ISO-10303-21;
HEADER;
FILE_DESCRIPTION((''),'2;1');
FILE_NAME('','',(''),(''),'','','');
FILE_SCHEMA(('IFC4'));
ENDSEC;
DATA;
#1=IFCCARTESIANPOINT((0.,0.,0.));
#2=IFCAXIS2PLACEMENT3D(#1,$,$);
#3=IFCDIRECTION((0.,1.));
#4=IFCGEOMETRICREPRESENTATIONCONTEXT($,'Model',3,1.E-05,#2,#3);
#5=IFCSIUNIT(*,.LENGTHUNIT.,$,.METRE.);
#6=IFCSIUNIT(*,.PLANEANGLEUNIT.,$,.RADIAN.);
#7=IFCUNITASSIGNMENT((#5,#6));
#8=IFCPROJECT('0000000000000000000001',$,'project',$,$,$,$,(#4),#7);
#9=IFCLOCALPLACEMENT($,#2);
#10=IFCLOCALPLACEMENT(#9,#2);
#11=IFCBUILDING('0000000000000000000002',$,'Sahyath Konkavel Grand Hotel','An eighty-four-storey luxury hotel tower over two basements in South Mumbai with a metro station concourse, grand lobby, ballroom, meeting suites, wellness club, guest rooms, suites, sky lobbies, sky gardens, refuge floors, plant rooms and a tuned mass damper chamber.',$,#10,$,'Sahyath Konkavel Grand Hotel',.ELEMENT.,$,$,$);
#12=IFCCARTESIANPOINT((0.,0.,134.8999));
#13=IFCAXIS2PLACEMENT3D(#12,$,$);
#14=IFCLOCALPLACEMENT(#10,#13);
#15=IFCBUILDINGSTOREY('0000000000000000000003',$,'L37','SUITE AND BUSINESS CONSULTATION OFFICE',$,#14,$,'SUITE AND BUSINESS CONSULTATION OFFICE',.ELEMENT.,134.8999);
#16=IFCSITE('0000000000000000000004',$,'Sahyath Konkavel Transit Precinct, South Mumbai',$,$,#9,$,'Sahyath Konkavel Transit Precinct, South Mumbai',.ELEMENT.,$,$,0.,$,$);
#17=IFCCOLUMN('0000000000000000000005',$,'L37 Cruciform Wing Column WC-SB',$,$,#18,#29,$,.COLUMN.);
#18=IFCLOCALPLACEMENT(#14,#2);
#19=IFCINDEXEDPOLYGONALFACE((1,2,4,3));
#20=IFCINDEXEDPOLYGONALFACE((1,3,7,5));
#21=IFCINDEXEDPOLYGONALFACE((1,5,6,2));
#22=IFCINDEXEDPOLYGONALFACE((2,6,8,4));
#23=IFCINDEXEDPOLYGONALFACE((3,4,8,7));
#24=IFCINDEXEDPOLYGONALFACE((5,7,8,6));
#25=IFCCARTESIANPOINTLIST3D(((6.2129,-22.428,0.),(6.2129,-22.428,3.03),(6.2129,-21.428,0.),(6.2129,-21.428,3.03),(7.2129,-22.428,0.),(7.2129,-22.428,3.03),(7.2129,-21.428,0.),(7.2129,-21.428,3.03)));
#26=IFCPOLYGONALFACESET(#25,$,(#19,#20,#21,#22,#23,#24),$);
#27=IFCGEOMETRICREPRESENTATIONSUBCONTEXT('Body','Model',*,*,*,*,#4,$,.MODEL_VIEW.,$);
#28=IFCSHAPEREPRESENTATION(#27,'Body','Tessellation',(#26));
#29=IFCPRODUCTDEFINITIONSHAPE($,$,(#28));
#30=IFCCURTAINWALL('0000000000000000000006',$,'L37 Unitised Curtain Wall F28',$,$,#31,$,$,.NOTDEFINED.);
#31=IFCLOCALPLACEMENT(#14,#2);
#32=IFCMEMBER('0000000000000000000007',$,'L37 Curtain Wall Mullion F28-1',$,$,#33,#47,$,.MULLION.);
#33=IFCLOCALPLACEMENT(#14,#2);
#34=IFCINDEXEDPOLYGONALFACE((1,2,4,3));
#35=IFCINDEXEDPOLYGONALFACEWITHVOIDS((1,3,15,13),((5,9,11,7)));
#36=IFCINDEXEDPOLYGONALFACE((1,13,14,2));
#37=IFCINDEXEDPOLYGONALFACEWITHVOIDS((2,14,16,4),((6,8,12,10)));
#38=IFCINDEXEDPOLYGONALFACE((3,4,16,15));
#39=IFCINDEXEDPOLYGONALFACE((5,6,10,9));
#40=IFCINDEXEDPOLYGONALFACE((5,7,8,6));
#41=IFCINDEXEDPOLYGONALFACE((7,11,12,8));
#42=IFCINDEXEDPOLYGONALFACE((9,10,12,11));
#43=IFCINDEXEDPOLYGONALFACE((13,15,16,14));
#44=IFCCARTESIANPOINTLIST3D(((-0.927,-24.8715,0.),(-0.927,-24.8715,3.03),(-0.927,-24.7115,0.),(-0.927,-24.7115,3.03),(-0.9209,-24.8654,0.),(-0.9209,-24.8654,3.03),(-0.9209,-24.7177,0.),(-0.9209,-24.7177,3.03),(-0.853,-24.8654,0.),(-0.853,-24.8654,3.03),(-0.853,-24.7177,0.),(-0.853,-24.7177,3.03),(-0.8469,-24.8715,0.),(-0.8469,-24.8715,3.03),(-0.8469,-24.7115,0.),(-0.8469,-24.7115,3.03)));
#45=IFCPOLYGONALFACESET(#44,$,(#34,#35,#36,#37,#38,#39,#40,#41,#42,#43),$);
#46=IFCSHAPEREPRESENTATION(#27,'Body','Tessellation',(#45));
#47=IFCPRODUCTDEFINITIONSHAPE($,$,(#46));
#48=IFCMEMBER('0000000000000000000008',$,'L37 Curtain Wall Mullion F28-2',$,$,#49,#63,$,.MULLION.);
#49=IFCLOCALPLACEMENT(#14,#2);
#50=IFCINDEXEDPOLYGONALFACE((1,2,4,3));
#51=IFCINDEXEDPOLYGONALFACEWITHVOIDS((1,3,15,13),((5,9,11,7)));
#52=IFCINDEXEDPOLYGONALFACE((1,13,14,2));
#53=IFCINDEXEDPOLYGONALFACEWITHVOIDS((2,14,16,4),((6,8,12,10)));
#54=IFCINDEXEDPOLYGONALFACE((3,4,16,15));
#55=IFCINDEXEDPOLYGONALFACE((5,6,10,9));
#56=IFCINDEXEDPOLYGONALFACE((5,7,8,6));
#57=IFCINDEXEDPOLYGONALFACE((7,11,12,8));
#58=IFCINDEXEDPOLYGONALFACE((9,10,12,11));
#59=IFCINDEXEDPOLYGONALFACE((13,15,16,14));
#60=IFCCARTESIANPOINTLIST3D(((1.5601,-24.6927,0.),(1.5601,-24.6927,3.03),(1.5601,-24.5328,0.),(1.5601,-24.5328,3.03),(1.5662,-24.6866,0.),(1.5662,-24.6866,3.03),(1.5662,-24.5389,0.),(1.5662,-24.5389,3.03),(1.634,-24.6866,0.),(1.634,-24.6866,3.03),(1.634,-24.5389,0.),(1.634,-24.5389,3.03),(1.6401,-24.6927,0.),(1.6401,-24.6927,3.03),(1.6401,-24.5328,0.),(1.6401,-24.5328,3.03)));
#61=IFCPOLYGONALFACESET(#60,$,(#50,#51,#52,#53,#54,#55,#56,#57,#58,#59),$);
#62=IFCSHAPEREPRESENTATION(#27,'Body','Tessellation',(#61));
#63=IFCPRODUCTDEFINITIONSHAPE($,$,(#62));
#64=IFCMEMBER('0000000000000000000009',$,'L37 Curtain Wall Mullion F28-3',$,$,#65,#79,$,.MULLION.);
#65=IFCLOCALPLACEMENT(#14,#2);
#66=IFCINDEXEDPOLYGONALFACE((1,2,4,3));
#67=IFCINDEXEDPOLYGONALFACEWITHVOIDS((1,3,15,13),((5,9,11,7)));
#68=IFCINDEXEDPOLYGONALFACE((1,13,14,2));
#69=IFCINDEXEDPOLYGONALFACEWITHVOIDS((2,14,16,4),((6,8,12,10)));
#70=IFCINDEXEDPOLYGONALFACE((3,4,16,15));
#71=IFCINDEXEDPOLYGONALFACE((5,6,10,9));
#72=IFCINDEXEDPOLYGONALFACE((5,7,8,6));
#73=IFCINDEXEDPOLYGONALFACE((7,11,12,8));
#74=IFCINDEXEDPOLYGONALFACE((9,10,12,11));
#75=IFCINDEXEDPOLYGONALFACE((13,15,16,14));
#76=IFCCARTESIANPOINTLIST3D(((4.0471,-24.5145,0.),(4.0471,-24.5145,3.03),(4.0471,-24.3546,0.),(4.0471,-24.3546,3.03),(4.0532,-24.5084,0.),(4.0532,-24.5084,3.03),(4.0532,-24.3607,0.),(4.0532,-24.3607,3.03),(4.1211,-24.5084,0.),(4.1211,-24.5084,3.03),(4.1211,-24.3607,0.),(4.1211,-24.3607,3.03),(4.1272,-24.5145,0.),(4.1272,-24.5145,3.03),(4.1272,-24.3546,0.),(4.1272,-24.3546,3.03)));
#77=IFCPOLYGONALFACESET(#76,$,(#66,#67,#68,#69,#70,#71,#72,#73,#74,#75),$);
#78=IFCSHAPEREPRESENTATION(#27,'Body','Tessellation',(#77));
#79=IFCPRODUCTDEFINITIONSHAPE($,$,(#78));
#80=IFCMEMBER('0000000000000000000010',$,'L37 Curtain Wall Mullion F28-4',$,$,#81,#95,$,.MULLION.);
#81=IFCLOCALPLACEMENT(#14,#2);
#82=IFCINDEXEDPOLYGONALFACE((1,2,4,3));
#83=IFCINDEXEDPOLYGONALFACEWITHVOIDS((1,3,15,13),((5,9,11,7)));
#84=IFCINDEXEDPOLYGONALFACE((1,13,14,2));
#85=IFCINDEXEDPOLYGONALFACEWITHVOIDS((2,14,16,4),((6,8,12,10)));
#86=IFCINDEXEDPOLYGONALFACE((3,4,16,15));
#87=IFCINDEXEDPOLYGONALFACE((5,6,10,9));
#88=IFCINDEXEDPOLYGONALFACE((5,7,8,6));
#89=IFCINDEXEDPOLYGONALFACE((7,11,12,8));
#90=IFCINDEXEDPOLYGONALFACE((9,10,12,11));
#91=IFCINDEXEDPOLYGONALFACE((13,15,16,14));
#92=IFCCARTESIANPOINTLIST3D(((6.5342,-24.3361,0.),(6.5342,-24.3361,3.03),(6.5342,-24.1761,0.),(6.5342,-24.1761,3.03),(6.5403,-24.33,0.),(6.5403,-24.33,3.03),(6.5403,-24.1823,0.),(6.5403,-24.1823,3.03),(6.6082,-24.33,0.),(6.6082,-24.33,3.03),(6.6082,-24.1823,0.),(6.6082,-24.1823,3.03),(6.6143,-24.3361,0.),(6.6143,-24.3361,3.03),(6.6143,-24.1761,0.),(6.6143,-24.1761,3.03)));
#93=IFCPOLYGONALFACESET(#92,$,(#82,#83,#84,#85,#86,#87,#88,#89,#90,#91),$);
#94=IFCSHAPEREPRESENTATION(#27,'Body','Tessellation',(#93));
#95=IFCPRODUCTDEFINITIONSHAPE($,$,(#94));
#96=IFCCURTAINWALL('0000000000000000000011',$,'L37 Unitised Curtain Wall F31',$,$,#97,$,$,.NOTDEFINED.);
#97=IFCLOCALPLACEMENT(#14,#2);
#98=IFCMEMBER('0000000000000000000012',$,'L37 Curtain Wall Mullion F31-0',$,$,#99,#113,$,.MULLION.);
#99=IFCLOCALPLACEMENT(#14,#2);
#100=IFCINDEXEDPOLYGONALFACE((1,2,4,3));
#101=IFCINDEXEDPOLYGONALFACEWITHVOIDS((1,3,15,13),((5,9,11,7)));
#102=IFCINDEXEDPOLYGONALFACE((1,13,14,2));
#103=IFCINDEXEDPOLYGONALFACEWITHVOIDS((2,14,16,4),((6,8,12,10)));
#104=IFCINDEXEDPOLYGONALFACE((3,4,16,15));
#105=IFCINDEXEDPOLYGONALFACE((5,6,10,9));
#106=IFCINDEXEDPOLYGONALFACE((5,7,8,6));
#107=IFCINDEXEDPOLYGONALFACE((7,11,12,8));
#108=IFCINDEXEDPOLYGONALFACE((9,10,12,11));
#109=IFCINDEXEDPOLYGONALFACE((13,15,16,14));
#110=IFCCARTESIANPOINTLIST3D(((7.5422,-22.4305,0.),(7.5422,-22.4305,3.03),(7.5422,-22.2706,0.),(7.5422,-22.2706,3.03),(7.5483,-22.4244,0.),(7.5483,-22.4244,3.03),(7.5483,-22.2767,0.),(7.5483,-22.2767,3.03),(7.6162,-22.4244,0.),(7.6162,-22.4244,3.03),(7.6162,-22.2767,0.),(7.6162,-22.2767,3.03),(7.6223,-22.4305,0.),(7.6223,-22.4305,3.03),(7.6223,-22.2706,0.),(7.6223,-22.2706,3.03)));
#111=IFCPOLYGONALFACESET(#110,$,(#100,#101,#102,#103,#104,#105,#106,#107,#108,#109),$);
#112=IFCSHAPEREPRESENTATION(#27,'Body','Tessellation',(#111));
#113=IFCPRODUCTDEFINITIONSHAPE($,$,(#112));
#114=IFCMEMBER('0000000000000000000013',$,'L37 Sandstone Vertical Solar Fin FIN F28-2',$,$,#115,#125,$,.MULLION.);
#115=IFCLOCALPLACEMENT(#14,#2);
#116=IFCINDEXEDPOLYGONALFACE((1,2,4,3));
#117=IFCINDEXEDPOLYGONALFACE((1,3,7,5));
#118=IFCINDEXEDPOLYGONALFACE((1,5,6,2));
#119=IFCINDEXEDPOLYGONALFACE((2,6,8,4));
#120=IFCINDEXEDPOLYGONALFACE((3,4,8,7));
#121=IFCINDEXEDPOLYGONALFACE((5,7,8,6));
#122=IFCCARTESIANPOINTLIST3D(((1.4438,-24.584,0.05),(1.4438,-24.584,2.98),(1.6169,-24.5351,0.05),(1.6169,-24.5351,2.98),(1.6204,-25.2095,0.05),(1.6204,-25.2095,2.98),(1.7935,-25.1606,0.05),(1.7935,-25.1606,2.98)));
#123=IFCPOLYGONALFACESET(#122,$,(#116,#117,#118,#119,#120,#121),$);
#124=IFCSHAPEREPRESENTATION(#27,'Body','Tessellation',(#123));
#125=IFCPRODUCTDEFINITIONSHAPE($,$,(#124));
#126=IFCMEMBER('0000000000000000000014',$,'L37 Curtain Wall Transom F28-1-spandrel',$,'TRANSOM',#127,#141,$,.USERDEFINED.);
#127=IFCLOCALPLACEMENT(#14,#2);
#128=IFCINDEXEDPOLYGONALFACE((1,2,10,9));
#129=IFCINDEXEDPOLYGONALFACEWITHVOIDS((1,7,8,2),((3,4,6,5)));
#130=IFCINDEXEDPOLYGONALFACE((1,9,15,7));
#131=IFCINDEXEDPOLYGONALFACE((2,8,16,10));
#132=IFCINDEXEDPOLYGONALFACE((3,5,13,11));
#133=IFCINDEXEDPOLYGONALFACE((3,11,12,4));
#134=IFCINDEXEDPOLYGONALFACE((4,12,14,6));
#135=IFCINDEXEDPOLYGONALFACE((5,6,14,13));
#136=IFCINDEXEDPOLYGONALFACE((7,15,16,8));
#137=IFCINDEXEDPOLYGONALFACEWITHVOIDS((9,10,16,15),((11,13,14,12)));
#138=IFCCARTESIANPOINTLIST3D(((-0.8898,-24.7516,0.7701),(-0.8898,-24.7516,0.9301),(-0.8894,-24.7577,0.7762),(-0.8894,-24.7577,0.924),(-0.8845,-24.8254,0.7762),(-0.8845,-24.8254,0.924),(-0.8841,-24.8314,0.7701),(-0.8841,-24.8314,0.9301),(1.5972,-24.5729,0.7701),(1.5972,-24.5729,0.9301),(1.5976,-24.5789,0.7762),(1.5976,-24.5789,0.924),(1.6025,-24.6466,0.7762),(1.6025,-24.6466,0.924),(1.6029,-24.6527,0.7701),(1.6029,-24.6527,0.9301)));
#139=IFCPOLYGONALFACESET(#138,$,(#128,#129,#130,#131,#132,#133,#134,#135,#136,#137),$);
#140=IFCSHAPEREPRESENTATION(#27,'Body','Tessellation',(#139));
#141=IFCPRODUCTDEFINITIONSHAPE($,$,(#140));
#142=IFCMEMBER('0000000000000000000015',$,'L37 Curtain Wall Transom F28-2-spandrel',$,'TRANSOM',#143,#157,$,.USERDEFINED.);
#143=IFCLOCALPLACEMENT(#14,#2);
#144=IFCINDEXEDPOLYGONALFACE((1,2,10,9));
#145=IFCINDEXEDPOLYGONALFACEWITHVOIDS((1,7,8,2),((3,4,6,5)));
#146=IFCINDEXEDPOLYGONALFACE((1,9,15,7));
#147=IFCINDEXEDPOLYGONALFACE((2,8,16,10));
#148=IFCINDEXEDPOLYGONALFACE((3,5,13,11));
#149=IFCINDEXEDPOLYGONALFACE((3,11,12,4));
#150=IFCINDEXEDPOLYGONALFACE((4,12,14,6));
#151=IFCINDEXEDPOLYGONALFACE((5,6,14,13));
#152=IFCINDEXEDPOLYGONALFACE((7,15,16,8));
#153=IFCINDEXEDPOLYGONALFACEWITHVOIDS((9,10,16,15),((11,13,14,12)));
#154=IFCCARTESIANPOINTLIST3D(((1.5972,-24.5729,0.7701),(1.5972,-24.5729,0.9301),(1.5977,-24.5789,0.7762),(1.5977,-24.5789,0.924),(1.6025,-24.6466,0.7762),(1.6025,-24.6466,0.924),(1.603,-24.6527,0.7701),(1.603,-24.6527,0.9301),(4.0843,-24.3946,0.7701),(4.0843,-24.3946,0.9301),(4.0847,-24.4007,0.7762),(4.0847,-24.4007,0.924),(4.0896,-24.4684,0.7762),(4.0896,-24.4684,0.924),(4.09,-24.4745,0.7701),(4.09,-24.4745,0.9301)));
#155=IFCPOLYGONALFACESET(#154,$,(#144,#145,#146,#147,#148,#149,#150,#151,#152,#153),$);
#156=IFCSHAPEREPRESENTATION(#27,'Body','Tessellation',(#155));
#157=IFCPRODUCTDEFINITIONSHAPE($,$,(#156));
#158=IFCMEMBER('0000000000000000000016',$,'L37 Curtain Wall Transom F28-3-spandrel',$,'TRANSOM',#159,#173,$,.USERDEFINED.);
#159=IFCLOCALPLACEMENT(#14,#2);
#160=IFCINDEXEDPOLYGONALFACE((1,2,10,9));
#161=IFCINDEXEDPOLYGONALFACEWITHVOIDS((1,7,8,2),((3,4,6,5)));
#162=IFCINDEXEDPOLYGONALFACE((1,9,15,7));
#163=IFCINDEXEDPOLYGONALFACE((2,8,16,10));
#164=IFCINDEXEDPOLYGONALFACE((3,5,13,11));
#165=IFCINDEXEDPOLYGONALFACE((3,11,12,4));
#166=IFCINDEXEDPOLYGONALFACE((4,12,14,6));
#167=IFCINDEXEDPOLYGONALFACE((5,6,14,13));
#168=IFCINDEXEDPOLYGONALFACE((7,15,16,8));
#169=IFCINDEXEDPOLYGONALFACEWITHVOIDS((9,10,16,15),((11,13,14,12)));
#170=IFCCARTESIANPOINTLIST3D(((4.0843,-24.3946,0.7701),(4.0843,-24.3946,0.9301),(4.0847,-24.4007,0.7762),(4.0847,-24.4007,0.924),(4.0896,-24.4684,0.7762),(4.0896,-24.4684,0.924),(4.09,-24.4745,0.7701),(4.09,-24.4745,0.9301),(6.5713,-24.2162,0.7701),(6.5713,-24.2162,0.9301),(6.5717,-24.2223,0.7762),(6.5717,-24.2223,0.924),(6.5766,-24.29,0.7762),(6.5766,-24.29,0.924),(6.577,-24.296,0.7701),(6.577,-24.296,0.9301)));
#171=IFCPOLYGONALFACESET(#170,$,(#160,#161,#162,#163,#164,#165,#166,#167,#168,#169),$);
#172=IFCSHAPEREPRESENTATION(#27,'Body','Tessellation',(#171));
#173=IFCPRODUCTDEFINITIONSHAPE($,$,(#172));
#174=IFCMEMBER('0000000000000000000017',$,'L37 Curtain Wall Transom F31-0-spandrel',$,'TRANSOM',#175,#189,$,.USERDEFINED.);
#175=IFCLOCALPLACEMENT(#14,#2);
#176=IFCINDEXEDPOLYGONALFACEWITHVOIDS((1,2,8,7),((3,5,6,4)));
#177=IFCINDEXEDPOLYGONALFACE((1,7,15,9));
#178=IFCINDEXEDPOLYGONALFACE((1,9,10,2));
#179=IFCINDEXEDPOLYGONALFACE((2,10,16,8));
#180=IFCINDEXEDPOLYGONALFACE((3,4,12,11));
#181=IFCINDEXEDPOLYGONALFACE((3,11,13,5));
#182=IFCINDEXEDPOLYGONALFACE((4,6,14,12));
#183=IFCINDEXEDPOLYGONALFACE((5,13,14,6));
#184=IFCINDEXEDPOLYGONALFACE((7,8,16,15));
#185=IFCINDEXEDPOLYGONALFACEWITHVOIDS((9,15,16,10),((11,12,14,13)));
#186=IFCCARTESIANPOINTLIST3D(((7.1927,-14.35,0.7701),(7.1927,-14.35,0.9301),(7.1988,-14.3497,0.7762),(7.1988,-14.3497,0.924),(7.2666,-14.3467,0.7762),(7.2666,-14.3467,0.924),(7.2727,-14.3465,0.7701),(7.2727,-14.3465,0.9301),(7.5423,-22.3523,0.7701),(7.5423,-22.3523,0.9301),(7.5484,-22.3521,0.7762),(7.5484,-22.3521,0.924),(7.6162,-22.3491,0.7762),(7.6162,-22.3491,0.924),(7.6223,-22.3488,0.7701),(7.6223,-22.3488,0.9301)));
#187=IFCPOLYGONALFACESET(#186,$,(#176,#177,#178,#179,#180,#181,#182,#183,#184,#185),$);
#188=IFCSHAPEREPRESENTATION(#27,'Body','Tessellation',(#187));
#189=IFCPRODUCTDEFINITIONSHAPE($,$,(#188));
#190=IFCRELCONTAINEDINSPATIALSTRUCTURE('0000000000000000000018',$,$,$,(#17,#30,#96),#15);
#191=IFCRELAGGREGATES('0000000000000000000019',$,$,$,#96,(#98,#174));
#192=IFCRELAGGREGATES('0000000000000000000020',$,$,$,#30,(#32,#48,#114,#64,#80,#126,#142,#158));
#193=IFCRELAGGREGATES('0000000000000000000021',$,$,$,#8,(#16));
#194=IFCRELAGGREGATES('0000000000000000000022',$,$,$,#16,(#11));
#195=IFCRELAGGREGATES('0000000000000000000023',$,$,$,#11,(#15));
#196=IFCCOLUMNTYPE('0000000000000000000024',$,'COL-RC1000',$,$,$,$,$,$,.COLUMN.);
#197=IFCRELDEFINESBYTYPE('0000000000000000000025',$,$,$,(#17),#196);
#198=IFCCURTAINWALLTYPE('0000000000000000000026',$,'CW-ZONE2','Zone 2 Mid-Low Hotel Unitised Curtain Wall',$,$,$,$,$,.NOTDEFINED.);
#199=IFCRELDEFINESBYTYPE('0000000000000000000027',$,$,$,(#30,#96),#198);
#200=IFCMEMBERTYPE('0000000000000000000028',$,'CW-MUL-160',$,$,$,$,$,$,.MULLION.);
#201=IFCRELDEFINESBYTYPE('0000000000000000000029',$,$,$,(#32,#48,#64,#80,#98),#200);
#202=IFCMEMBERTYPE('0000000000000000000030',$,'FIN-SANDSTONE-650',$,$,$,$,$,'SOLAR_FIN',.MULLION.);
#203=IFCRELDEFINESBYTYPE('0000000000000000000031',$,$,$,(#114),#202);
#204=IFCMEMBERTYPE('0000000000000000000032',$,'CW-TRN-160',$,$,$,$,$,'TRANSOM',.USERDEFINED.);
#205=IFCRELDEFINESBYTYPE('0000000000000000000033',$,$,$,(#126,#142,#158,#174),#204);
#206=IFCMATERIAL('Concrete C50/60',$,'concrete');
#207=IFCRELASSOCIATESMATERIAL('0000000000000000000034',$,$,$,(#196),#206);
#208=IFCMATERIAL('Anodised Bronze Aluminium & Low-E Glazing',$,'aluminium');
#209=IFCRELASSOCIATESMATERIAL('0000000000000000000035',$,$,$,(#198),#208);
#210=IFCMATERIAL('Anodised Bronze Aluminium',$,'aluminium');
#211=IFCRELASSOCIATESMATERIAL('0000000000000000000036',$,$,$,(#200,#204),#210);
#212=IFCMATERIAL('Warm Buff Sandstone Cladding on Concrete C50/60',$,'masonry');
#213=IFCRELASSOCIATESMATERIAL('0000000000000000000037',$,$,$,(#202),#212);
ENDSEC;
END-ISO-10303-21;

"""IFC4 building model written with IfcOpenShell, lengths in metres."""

from ifc_helpers import new_model, si_unit, direction, frame, origin, origin_2d, place, context, subcontext, project, spatial, rectangle, hollow_rectangle, extrude, source, transform, mapped, material, material_profile, profile_set, type_object, element, aggregate, save


model = new_model("IFC4")

# Units and contexts
model_context = context("Model", 3, precision=1e-05, world=origin(), true_north=direction((0.0, 1.0)))
body_context = subcontext(model_context, "Body", "Model", "MODEL_VIEW")
ifc_project = project(units=[si_unit("LENGTHUNIT", "METRE"), si_unit("PLANEANGLEUNIT", "RADIAN")], contexts=[model_context])

# Site, building, storey
site_placement = place(None, origin())
site = spatial("IfcSite", under=ifc_project, at=site_placement, Name="Sahyath Konkavel Transit Precinct, South Mumbai", LongName="Sahyath Konkavel Transit Precinct, South Mumbai", CompositionType="ELEMENT", RefElevation=0.0)
building_placement = place(site_placement, origin())
building = spatial("IfcBuilding", under=site, at=building_placement, Name="Sahyath Konkavel Grand Hotel", Description="An eighty-four-storey luxury hotel tower over two basements in South Mumbai with a metro station concourse, grand lobby, ballroom, meeting suites, wellness club, guest rooms, suites, sky lobbies, sky gardens, refuge floors, plant rooms and a tuned mass damper chamber.", LongName="Sahyath Konkavel Grand Hotel", CompositionType="ELEMENT")
storey_placement = place(building_placement, frame((0.0, 0.0, 134.8999)))
storey = spatial("IfcBuildingStorey", under=building, at=storey_placement, Name="L37", Description="SUITE AND BUSINESS CONSULTATION OFFICE", LongName="SUITE AND BUSINESS CONSULTATION OFFICE", CompositionType="ELEMENT", Elevation=134.8999)

# Column
ifc_material_1 = material(Name="Concrete C50/60", Category="concrete")
ifc_material_profile_1 = material_profile(ifc_material_1, rectangle(XDim=1.0, YDim=1.0, at=origin_2d()), Name="RC 1000x1000")
ifc_profile_set_1 = profile_set([ifc_material_profile_1], Name="Concrete C50/60")
column_type = type_object("IfcColumnType", Name="COL-RC1000", PredefinedType="COLUMN", material=ifc_profile_set_1)
shared_shape_1 = source(origin(), body_context, "Body", "SweptSolid", [
    extrude(rectangle(XDim=1.0, YDim=1.0, at=origin_2d()), origin(), (0.0, 0.0, 1.0), 3.03),
])
column_placement = place(storey_placement, frame((6.7129, -21.928, 0.0), z_axis=(0.0, 0.0, 1.0), x_axis=(1.0, 0.0, 0.0)))
element("IfcColumn", 1, at=column_placement, inside=storey, type_object=column_type, Name="L37 Cruciform Wing Column WC-SB", PredefinedType="COLUMN", context=body_context, shape_type="MappedRepresentation", body=[
    mapped(shared_shape_1, transform((0.0, 0.0, 0.0), scale=1.0)),
])

# Curtain wall, members
ifc_material_2 = material(Name="Anodised Bronze Aluminium & Low-E Glazing", Category="aluminium")
curtain_wall_type = type_object("IfcCurtainWallType", Name="CW-ZONE2", Description="Zone 2 Mid-Low Hotel Unitised Curtain Wall", PredefinedType="NOTDEFINED", material=ifc_material_2)
curtain_wall_1_placement = place(storey_placement, origin())
curtain_wall_1 = element("IfcCurtainWall", 2, at=curtain_wall_1_placement, inside=storey, type_object=curtain_wall_type, Name="L37 Unitised Curtain Wall F28", PredefinedType="NOTDEFINED")
ifc_material_3 = material(Name="Anodised Bronze Aluminium", Category="aluminium")
ifc_material_profile_2 = material_profile(ifc_material_3, hollow_rectangle(XDim=0.0801, YDim=0.1599, WallThickness=0.0061, at=origin_2d()), Name="RHS 160x80x6")
ifc_profile_set_2 = profile_set([ifc_material_profile_2], Name="Anodised Bronze Aluminium")
member_type_1 = type_object("IfcMemberType", Name="CW-MUL-160", PredefinedType="MULLION", material=ifc_profile_set_2)
shared_shape_2 = source(origin(), body_context, "Body", "SweptSolid", [
    extrude(hollow_rectangle(XDim=0.0801, YDim=0.1599, WallThickness=0.0061, at=origin_2d()), origin(), (0.0, 0.0, 1.0), 3.03),
])
member_1_placement = place(storey_placement, frame((-0.887, -24.7915, 0.0), z_axis=(0.0, 0.0, 1.0), x_axis=(1.0, 0.0, 0.0)))
member_1 = element("IfcMember", 3, at=member_1_placement, type_object=member_type_1, Name="L37 Curtain Wall Mullion F28-1", PredefinedType="MULLION", context=body_context, shape_type="MappedRepresentation", body=[
    mapped(shared_shape_2, transform((0.0, 0.0, 0.0), scale=1.0)),
])
member_2_placement = place(storey_placement, frame((1.6001, -24.6128, 0.0), z_axis=(0.0, 0.0, 1.0), x_axis=(1.0, 0.0, 0.0)))
member_2 = element("IfcMember", 4, at=member_2_placement, type_object=member_type_1, Name="L37 Curtain Wall Mullion F28-2", PredefinedType="MULLION", context=body_context, shape_type="MappedRepresentation", body=[
    mapped(shared_shape_2, transform((0.0, 0.0, 0.0), scale=1.0)),
])
member_3_placement = place(storey_placement, frame((4.0872, -24.4346, 0.0), z_axis=(0.0, 0.0, 1.0), x_axis=(1.0, 0.0, 0.0)))
member_3 = element("IfcMember", 5, at=member_3_placement, type_object=member_type_1, Name="L37 Curtain Wall Mullion F28-3", PredefinedType="MULLION", context=body_context, shape_type="MappedRepresentation", body=[
    mapped(shared_shape_2, transform((0.0, 0.0, 0.0), scale=1.0)),
])
member_4_placement = place(storey_placement, frame((6.5742, -24.2561, 0.0), z_axis=(0.0, 0.0, 1.0), x_axis=(1.0, 0.0, 0.0)))
member_4 = element("IfcMember", 6, at=member_4_placement, type_object=member_type_1, Name="L37 Curtain Wall Mullion F28-4", PredefinedType="MULLION", context=body_context, shape_type="MappedRepresentation", body=[
    mapped(shared_shape_2, transform((0.0, 0.0, 0.0), scale=1.0)),
])

# Curtain wall, member
curtain_wall_2_placement = place(storey_placement, origin())
curtain_wall_2 = element("IfcCurtainWall", 7, at=curtain_wall_2_placement, inside=storey, type_object=curtain_wall_type, Name="L37 Unitised Curtain Wall F31", PredefinedType="NOTDEFINED")
member_5_placement = place(storey_placement, frame((7.5823, -22.3506, 0.0), z_axis=(0.0, 0.0, 1.0), x_axis=(1.0, 0.0, 0.0)))
member_5 = element("IfcMember", 8, at=member_5_placement, type_object=member_type_1, Name="L37 Curtain Wall Mullion F31-0", PredefinedType="MULLION", context=body_context, shape_type="MappedRepresentation", body=[
    mapped(shared_shape_2, transform((0.0, 0.0, 0.0), scale=1.0)),
])

# Members
ifc_material_4 = material(Name="Warm Buff Sandstone Cladding on Concrete C50/60", Category="masonry")
ifc_material_profile_3 = material_profile(ifc_material_4, rectangle(XDim=0.1799, YDim=0.6499, at=origin_2d()), Name="FIN 180x650")
ifc_profile_set_3 = profile_set([ifc_material_profile_3], Name="Warm Buff Sandstone Cladding on Concrete C50/60")
member_type_2 = type_object("IfcMemberType", Name="FIN-SANDSTONE-650", ElementType="SOLAR_FIN", PredefinedType="MULLION", material=ifc_profile_set_3)
shared_shape_3 = source(origin(), body_context, "Body", "SweptSolid", [
    extrude(rectangle(XDim=0.1799, YDim=0.6499, at=origin_2d()), origin(), (0.0, 0.0, 1.0), 2.9299),
])
member_6_placement = place(storey_placement, frame((1.6187, -24.8723, 0.05), z_axis=(0.0, 0.0, 1.0), x_axis=(0.96236, 0.271776, 0.0)))
member_6 = element("IfcMember", 9, at=member_6_placement, type_object=member_type_2, Name="L37 Sandstone Vertical Solar Fin FIN F28-2", PredefinedType="MULLION", context=body_context, shape_type="MappedRepresentation", body=[
    mapped(shared_shape_3, transform((0.0, 0.0, 0.0), scale=1.0)),
])
ifc_material_profile_4 = material_profile(ifc_material_3, hollow_rectangle(XDim=0.0801, YDim=0.1599, WallThickness=0.0061, at=origin_2d()), Name="RHS 160x80x6")
ifc_profile_set_4 = profile_set([ifc_material_profile_4], Name="Anodised Bronze Aluminium")
member_type_3 = type_object("IfcMemberType", Name="CW-TRN-160", ElementType="TRANSOM", PredefinedType="USERDEFINED", material=ifc_profile_set_4)
shared_shape_4 = source(origin(), body_context, "Body", "SweptSolid", [
    extrude(hollow_rectangle(XDim=0.0801, YDim=0.1599, WallThickness=0.0061, at=origin_2d()), origin(), (0.0, 0.0, 1.0), 2.4934),
])
member_7_placement = place(storey_placement, frame((-0.887, -24.7915, 0.8501), z_axis=(0.997428, 0.071671, 0.0), x_axis=(-0.071671, 0.997428, 0.0)))
member_7 = element("IfcMember", 10, at=member_7_placement, type_object=member_type_3, Name="L37 Curtain Wall Transom F28-1-spandrel", ObjectType="TRANSOM", PredefinedType="USERDEFINED", context=body_context, shape_type="MappedRepresentation", body=[
    mapped(shared_shape_4, transform((0.0, 0.0, 0.0), scale=1.0)),
])
member_8_placement = place(storey_placement, frame((1.6001, -24.6128, 0.8501), z_axis=(0.997442, 0.071477, 0.0), x_axis=(-0.071477, 0.997442, 0.0)))
member_8 = element("IfcMember", 11, at=member_8_placement, type_object=member_type_3, Name="L37 Curtain Wall Transom F28-2-spandrel", ObjectType="TRANSOM", PredefinedType="USERDEFINED", context=body_context, shape_type="MappedRepresentation", body=[
    mapped(shared_shape_4, transform((0.0, 0.0, 0.0), scale=1.0)),
])
member_9_placement = place(storey_placement, frame((4.0872, -24.4346, 0.8501), z_axis=(0.997435, 0.071574, 0.0), x_axis=(-0.071574, 0.997435, 0.0)))
member_9 = element("IfcMember", 12, at=member_9_placement, type_object=member_type_3, Name="L37 Curtain Wall Transom F28-3-spandrel", ObjectType="TRANSOM", PredefinedType="USERDEFINED", context=body_context, shape_type="MappedRepresentation", body=[
    mapped(shared_shape_4, transform((0.0, 0.0, 0.0), scale=1.0)),
])
shared_shape_5 = source(origin(), body_context, "Body", "SweptSolid", [
    extrude(hollow_rectangle(XDim=0.0801, YDim=0.1599, WallThickness=0.0061, at=origin_2d()), origin(), (0.0, 0.0, 1.0), 8.01),
])
member_10_placement = place(storey_placement, frame((7.5823, -22.3506, 0.8501), z_axis=(-0.043646, 0.999047, 0.0), x_axis=(-0.999047, -0.043646, 0.0)))
member_10 = element("IfcMember", 13, at=member_10_placement, type_object=member_type_3, Name="L37 Curtain Wall Transom F31-0-spandrel", ObjectType="TRANSOM", PredefinedType="USERDEFINED", context=body_context, shape_type="MappedRepresentation", body=[
    mapped(shared_shape_5, transform((0.0, 0.0, 0.0), scale=1.0)),
])
aggregate(curtain_wall_2, [member_5, member_10])

aggregate(curtain_wall_1, [member_1, member_2, member_6, member_3, member_4, member_7, member_8, member_9])

save(model, "model.ifc")
